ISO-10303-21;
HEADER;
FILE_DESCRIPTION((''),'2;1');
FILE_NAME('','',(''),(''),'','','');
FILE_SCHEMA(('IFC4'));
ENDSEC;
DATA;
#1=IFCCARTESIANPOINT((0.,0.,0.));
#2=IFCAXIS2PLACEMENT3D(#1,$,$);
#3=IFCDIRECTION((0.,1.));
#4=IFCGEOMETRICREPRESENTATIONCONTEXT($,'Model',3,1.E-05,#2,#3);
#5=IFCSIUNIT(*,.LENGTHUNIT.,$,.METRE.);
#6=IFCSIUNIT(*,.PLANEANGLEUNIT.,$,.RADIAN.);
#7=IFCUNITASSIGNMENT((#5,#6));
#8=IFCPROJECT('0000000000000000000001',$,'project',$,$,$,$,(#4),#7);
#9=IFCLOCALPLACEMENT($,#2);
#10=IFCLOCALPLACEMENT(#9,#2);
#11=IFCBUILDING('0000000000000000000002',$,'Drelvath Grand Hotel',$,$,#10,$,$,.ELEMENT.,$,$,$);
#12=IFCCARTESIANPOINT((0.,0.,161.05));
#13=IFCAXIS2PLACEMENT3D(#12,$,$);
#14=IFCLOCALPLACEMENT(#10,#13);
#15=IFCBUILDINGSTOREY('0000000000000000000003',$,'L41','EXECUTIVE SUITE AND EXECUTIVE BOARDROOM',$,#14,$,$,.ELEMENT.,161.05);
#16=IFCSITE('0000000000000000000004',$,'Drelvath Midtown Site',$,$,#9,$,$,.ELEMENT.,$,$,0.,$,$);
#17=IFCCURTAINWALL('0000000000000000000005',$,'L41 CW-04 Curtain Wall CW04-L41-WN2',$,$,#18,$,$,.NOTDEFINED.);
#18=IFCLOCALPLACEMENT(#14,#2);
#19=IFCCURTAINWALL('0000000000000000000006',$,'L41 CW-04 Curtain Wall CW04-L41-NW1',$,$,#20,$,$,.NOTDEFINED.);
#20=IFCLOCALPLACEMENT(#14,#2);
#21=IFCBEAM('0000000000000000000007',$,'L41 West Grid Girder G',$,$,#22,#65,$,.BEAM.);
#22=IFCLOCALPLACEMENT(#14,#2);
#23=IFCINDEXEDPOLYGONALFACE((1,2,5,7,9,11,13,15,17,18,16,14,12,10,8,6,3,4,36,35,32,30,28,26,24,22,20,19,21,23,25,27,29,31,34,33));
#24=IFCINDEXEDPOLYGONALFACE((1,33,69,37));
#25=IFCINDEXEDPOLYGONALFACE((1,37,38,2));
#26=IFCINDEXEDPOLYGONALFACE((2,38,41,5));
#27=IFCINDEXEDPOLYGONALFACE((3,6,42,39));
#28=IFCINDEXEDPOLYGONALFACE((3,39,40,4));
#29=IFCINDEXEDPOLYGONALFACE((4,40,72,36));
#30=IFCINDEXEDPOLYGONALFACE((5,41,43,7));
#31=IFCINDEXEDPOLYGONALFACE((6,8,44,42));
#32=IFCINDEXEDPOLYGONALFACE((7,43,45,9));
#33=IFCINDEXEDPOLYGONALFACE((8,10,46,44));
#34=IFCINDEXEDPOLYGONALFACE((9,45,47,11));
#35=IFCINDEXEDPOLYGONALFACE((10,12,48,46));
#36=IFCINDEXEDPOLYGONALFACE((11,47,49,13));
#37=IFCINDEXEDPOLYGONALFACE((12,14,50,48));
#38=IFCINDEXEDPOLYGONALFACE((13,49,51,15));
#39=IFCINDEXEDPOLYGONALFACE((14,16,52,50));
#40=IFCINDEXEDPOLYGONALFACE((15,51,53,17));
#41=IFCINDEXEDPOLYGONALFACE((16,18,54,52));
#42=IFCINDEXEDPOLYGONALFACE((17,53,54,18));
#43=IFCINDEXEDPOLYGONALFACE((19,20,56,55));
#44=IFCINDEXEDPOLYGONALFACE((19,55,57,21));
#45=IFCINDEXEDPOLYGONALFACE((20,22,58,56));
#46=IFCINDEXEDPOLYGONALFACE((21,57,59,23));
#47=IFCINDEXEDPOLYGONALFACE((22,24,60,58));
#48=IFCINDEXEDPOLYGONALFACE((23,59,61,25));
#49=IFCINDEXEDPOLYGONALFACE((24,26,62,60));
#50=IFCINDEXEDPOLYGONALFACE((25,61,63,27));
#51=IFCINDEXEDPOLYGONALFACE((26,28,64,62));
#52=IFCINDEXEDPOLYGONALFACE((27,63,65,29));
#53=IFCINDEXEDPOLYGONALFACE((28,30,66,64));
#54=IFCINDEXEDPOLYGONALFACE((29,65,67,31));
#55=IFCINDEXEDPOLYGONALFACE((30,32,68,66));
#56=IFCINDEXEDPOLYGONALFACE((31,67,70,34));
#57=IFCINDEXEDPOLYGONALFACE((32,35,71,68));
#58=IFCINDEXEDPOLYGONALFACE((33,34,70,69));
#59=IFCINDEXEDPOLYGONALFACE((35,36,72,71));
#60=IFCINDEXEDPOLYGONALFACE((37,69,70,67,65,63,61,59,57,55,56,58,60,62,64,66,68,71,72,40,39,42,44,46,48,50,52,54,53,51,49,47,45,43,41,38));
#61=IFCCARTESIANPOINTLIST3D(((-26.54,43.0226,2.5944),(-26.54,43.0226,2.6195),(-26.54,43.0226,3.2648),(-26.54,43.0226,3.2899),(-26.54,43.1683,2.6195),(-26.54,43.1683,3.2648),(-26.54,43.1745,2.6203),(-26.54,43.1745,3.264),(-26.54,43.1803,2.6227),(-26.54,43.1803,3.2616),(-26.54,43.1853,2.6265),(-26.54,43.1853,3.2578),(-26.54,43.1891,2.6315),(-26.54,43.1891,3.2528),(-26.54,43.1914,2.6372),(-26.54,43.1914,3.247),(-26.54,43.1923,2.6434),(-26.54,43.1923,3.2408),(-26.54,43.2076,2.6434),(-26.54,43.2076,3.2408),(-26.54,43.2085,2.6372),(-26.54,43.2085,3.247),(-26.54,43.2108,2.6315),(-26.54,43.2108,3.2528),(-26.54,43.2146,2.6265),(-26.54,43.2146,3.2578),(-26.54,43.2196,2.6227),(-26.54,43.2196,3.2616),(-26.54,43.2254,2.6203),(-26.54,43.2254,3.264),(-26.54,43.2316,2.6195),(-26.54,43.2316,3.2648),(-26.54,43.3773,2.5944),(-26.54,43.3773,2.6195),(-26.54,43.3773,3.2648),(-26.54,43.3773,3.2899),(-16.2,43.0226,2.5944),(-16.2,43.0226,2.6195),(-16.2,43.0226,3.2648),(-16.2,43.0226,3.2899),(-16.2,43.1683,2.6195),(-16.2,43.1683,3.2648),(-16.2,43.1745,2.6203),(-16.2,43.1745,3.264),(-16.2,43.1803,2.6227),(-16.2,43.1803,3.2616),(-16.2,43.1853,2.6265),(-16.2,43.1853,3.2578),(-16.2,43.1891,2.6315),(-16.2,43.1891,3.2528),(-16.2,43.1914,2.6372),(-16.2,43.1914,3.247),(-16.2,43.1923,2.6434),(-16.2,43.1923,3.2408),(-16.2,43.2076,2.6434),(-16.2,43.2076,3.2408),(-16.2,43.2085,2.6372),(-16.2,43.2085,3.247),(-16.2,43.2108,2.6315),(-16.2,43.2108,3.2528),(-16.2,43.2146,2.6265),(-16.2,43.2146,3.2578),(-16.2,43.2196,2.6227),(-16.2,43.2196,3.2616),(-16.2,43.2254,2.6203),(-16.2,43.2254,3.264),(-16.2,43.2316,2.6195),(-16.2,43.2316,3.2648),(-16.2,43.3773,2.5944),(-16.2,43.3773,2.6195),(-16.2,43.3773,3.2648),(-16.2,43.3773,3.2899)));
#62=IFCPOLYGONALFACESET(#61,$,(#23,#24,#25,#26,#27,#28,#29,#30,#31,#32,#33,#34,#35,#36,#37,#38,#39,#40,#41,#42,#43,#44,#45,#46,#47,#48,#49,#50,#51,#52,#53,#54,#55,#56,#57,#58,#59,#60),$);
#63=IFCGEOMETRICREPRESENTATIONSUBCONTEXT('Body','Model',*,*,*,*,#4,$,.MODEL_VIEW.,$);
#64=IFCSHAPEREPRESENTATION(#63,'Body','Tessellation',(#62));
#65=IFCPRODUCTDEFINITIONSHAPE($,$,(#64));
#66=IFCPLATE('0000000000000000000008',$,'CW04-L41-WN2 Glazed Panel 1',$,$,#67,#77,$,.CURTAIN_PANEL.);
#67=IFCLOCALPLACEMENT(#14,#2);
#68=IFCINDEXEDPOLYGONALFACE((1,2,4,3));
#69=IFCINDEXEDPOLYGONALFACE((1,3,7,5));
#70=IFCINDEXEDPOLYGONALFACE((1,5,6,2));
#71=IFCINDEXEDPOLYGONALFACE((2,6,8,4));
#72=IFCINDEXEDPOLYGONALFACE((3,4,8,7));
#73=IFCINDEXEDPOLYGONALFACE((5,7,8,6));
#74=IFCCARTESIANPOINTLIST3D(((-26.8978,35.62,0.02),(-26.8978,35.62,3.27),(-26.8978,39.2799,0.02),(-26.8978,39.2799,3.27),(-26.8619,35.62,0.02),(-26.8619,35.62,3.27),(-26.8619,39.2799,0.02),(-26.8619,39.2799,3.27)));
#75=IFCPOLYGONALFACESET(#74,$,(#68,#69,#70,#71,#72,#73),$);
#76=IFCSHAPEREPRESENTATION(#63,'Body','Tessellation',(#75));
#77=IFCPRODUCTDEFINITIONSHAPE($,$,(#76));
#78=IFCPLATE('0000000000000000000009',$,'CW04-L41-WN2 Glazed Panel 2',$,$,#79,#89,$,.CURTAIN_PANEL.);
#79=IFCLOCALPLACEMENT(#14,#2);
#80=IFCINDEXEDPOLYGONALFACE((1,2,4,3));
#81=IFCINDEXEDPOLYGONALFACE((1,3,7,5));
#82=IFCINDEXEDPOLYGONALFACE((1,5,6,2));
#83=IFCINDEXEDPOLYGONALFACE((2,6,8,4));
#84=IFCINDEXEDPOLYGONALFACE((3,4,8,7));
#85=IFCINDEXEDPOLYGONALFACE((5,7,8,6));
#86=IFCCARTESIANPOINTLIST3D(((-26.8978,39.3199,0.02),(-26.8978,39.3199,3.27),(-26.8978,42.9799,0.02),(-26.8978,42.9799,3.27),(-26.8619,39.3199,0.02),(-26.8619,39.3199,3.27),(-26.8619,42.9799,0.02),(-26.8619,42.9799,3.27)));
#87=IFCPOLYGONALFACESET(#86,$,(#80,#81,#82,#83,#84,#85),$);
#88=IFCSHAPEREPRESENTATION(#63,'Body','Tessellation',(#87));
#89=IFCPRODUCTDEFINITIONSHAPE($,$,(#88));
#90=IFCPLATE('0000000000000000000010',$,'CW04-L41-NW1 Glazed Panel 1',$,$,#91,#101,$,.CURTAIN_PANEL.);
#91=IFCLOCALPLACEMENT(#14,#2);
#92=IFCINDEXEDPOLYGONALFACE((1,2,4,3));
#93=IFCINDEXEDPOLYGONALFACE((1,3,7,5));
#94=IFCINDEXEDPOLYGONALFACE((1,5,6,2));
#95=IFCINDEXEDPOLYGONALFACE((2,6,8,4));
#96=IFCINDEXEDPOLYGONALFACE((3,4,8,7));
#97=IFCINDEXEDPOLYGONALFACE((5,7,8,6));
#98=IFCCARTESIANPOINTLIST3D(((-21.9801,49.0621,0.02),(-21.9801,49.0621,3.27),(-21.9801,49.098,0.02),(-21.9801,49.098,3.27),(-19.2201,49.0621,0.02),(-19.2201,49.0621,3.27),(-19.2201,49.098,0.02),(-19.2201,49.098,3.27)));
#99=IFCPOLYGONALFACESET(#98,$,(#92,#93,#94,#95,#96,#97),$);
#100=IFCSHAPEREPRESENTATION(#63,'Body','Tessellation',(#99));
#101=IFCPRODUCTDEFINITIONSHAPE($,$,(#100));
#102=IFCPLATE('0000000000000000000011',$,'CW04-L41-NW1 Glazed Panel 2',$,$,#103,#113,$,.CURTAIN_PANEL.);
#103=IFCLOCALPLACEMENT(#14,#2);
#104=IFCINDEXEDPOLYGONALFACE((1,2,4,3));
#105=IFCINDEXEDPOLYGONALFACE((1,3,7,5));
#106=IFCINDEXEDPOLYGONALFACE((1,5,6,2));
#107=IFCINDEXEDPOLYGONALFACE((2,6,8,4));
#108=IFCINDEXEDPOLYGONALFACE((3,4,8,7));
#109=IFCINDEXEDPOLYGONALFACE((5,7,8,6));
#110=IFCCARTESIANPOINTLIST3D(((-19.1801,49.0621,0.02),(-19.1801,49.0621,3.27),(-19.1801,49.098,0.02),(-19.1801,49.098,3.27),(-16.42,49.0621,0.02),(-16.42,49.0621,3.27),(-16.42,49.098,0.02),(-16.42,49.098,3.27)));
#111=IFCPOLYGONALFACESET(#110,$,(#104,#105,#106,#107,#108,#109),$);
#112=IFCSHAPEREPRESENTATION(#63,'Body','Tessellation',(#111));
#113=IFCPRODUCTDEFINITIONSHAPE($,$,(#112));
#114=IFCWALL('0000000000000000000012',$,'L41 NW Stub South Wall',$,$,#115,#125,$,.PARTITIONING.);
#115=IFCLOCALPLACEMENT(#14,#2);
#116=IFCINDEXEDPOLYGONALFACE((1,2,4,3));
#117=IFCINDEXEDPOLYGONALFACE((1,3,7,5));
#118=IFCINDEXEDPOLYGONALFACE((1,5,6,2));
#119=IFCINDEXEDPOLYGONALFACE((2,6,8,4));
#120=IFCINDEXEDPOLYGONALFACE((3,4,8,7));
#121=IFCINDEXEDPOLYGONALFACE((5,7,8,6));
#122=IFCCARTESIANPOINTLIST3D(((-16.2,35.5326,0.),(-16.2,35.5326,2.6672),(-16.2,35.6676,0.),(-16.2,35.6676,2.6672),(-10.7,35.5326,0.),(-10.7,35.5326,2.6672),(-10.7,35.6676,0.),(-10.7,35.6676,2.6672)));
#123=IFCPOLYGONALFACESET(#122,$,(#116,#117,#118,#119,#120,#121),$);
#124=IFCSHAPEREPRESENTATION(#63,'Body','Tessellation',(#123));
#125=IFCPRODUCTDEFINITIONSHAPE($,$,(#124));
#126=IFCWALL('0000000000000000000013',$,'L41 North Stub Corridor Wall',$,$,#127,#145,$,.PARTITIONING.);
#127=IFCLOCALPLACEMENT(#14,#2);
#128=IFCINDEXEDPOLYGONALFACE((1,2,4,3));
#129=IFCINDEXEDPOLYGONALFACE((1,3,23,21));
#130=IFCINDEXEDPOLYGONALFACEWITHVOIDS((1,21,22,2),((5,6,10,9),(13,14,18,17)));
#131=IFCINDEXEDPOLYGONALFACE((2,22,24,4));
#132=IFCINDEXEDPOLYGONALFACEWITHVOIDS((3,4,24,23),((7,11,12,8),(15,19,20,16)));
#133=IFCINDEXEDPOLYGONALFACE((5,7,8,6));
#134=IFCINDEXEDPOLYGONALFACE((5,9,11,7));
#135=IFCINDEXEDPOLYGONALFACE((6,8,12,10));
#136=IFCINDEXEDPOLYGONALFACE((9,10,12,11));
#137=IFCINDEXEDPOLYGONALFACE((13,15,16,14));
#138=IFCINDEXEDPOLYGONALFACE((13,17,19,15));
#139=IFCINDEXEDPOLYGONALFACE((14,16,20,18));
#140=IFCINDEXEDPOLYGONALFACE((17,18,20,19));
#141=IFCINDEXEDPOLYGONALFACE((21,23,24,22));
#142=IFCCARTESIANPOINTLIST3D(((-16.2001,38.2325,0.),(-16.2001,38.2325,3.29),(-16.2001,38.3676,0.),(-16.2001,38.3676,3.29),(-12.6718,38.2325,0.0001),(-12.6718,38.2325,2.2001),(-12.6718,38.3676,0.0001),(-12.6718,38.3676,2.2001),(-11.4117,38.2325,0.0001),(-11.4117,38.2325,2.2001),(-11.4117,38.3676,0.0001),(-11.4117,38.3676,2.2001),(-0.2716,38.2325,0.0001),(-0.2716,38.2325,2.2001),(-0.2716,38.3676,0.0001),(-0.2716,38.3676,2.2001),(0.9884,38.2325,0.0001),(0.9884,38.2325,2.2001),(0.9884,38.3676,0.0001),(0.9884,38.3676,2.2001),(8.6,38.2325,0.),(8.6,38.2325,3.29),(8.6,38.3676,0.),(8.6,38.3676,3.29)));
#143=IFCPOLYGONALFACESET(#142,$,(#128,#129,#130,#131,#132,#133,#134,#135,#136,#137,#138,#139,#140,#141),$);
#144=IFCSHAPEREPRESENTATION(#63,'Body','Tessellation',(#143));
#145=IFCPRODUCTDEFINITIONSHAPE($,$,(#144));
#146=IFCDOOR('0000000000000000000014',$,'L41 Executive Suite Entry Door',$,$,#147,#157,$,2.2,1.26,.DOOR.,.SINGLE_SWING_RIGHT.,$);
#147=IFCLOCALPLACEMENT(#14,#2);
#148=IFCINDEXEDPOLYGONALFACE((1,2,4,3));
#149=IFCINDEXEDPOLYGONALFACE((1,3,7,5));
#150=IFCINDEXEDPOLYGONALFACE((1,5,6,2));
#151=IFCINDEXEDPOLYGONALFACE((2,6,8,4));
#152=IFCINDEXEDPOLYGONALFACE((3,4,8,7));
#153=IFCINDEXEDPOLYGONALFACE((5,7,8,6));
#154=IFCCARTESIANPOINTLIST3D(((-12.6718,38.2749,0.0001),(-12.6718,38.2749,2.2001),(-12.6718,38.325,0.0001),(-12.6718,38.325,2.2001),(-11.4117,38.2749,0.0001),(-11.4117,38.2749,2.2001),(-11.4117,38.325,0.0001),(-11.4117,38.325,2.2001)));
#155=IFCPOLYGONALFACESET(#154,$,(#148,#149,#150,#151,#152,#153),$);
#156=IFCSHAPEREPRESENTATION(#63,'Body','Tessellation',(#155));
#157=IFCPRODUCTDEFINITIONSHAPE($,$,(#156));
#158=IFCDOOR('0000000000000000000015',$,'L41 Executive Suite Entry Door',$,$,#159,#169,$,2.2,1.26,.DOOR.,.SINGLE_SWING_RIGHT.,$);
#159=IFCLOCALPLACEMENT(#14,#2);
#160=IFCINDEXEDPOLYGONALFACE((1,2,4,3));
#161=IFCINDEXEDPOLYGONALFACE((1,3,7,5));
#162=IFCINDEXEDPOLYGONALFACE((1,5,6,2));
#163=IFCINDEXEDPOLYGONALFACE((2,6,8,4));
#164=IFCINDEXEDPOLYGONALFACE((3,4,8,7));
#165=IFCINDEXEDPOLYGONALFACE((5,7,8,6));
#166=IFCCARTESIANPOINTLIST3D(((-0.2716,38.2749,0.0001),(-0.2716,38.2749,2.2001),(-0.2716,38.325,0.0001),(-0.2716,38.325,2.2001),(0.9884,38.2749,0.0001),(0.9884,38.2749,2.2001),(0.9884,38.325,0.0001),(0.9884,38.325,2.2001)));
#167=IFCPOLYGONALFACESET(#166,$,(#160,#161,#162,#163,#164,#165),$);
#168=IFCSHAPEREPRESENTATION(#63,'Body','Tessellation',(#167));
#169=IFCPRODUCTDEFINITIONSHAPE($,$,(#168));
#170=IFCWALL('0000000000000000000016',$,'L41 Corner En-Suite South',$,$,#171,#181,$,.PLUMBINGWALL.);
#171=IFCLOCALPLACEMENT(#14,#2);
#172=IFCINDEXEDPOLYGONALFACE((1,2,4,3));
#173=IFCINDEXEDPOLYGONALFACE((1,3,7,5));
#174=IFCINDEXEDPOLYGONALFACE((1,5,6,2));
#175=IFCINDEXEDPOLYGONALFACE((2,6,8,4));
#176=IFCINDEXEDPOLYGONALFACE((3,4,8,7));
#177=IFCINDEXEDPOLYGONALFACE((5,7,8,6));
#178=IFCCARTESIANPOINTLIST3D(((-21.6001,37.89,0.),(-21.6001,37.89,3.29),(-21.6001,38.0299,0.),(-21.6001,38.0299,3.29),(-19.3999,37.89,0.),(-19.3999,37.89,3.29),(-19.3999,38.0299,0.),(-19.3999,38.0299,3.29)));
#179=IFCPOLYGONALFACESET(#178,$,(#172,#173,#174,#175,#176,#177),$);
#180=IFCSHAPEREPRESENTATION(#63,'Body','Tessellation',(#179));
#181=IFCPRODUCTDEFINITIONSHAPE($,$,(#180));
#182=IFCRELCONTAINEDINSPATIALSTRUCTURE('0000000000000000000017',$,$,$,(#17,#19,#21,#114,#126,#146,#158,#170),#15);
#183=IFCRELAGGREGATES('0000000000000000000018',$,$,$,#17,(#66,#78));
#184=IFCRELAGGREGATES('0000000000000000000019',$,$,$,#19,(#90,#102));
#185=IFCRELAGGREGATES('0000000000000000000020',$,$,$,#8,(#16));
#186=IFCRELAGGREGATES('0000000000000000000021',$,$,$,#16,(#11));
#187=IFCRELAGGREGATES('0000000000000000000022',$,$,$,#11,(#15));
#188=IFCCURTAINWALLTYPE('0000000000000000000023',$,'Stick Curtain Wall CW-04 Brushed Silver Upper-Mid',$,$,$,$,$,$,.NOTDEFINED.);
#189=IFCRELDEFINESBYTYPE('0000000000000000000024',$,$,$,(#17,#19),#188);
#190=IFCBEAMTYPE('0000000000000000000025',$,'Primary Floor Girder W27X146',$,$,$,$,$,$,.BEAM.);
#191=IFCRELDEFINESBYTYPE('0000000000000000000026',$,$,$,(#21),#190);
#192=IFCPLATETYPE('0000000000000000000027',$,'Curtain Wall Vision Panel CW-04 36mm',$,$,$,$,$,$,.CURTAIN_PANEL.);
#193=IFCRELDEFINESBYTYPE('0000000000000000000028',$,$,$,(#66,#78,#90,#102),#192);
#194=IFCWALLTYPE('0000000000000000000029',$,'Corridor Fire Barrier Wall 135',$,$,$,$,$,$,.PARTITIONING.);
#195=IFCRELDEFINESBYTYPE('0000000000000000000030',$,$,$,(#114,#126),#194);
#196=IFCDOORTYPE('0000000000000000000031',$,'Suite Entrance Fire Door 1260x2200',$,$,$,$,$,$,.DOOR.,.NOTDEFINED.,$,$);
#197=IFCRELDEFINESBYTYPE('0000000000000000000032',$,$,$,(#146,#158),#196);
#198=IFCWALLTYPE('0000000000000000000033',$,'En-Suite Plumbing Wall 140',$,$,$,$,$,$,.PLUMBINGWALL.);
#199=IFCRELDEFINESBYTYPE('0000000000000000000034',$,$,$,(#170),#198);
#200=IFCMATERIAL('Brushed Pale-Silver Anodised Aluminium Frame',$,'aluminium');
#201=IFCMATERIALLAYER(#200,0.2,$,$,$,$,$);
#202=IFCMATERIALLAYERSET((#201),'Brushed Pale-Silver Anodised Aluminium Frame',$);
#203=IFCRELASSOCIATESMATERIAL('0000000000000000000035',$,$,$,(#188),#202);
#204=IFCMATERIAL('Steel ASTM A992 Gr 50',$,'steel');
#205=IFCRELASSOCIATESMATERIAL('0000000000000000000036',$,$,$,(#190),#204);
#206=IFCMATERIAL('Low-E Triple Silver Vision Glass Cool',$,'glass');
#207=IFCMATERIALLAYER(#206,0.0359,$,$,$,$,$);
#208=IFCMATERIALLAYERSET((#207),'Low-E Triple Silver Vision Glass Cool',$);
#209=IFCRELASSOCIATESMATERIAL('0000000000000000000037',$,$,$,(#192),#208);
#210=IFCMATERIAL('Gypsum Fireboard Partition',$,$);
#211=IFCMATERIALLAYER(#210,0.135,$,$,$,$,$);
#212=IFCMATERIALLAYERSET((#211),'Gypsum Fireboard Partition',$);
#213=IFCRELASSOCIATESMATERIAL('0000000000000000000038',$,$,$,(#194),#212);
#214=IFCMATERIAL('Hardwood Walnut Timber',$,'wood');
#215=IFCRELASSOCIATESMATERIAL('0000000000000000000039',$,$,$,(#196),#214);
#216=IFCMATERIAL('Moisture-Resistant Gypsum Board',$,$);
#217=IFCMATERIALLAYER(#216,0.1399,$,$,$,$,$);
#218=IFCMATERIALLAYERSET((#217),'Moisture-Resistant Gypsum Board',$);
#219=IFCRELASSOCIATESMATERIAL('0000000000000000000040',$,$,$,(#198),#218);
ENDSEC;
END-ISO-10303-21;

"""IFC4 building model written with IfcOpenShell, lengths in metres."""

from ifc_helpers import new_model, si_unit, direction, frame, frame_2d, origin, origin_2d, place, context, subcontext, project, spatial, rectangle, i_section, extrude, material, layer, layer_set, material_profile, profile_set, type_object, element, fill, aggregate, save


model = new_model("IFC4")

# Units and contexts
model_context = context("Model", 3, precision=1e-05, world=origin(), true_north=direction((0.0, 1.0)))
body_context = subcontext(model_context, "Body", "Model", "MODEL_VIEW")
ifc_project = project(units=[si_unit("LENGTHUNIT", "METRE"), si_unit("PLANEANGLEUNIT", "RADIAN")], contexts=[model_context])

# Site, building, storey
site_placement = place(None, origin())
site = spatial("IfcSite", under=ifc_project, at=site_placement, Name="Drelvath Midtown Site", CompositionType="ELEMENT", RefElevation=0.0)
building_placement = place(site_placement, origin())
building = spatial("IfcBuilding", under=site, at=building_placement, Name="Drelvath Grand Hotel", CompositionType="ELEMENT")
storey_placement = place(building_placement, frame((0.0, 0.0, 161.05)))
storey = spatial("IfcBuildingStorey", under=building, at=storey_placement, Name="L41", Description="EXECUTIVE SUITE AND EXECUTIVE BOARDROOM", CompositionType="ELEMENT", Elevation=161.05)

# Curtain walls
ifc_material_1 = material(Name="Brushed Pale-Silver Anodised Aluminium Frame", Category="aluminium")
ifc_layer_1 = layer(ifc_material_1, 0.2)
ifc_layer_set_1 = layer_set([ifc_layer_1], Name="Brushed Pale-Silver Anodised Aluminium Frame")
curtain_wall_type = type_object("IfcCurtainWallType", Name="Stick Curtain Wall CW-04 Brushed Silver Upper-Mid", PredefinedType="NOTDEFINED", material=ifc_layer_set_1)
curtain_wall_1_placement = place(storey_placement, origin())
curtain_wall_1 = element("IfcCurtainWall", 1, at=curtain_wall_1_placement, inside=storey, type_object=curtain_wall_type, Name="L41 CW-04 Curtain Wall CW04-L41-WN2", PredefinedType="NOTDEFINED")
curtain_wall_2_placement = place(storey_placement, origin())
curtain_wall_2 = element("IfcCurtainWall", 2, at=curtain_wall_2_placement, inside=storey, type_object=curtain_wall_type, Name="L41 CW-04 Curtain Wall CW04-L41-NW1", PredefinedType="NOTDEFINED")

# Beam
ifc_material_2 = material(Name="Steel ASTM A992 Gr 50", Category="steel")
ifc_material_profile_1 = material_profile(ifc_material_2, i_section(OverallWidth=0.3547, OverallDepth=0.6956, WebThickness=0.0154, FlangeThickness=0.0251, FilletRadius=0.0239, at=origin_2d()), Name="W27X146")
ifc_profile_set_1 = profile_set([ifc_material_profile_1], Name="Steel ASTM A992 Gr 50")
beam_type = type_object("IfcBeamType", Name="Primary Floor Girder W27X146", PredefinedType="BEAM", material=ifc_profile_set_1)
beam_placement = place(storey_placement, frame((-26.54, 43.2, 2.9421), z_axis=(1.0, 0.0, 0.0), x_axis=(0.0, 1.0, 0.0)))
element("IfcBeam", 3, at=beam_placement, inside=storey, type_object=beam_type, Name="L41 West Grid Girder G", PredefinedType="BEAM", context=body_context, shape_type="SweptSolid", body=[
    extrude(i_section(OverallWidth=0.3547, OverallDepth=0.6956, WebThickness=0.0154, FlangeThickness=0.0251, FilletRadius=0.0239, at=origin_2d()), origin(), (0.0, 0.0, 1.0), 10.3401),
])

# Plates
ifc_material_3 = material(Name="Low-E Triple Silver Vision Glass Cool", Category="glass")
ifc_layer_2 = layer(ifc_material_3, 0.0359)
ifc_layer_set_2 = layer_set([ifc_layer_2], Name="Low-E Triple Silver Vision Glass Cool")
plate_type = type_object("IfcPlateType", Name="Curtain Wall Vision Panel CW-04 36mm", PredefinedType="CURTAIN_PANEL", material=ifc_layer_set_2)
plate_1_placement = place(storey_placement, frame((-26.8799, 37.45, 0.02), z_axis=(0.0, 0.0, 1.0), x_axis=(0.0, 1.0, 0.0)))
plate_1 = element("IfcPlate", 4, at=plate_1_placement, type_object=plate_type, Name="CW04-L41-WN2 Glazed Panel 1", PredefinedType="CURTAIN_PANEL", context=body_context, shape_type="SweptSolid", body=[
    extrude(rectangle(XDim=3.6599, YDim=0.0359, at=origin_2d()), origin(), (0.0, 0.0, 1.0), 3.25),
])
plate_2_placement = place(storey_placement, frame((-26.8799, 41.1499, 0.02), z_axis=(0.0, 0.0, 1.0), x_axis=(0.0, 1.0, 0.0)))
plate_2 = element("IfcPlate", 5, at=plate_2_placement, type_object=plate_type, Name="CW04-L41-WN2 Glazed Panel 2", PredefinedType="CURTAIN_PANEL", context=body_context, shape_type="SweptSolid", body=[
    extrude(rectangle(XDim=3.6599, YDim=0.0359, at=origin_2d()), origin(), (0.0, 0.0, 1.0), 3.25),
])
aggregate(curtain_wall_1, [plate_1, plate_2])
plate_3_placement = place(storey_placement, frame((-20.6001, 49.0801, 0.02), z_axis=(0.0, 0.0, 1.0), x_axis=(1.0, 0.0, 0.0)))
plate_3 = element("IfcPlate", 6, at=plate_3_placement, type_object=plate_type, Name="CW04-L41-NW1 Glazed Panel 1", PredefinedType="CURTAIN_PANEL", context=body_context, shape_type="SweptSolid", body=[
    extrude(rectangle(XDim=2.76, YDim=0.0359, at=origin_2d()), origin(), (0.0, 0.0, 1.0), 3.25),
])
plate_4_placement = place(storey_placement, frame((-17.8, 49.0801, 0.02), z_axis=(0.0, 0.0, 1.0), x_axis=(1.0, 0.0, 0.0)))
plate_4 = element("IfcPlate", 7, at=plate_4_placement, type_object=plate_type, Name="CW04-L41-NW1 Glazed Panel 2", PredefinedType="CURTAIN_PANEL", context=body_context, shape_type="SweptSolid", body=[
    extrude(rectangle(XDim=2.76, YDim=0.0359, at=origin_2d()), origin(), (0.0, 0.0, 1.0), 3.25),
])
aggregate(curtain_wall_2, [plate_3, plate_4])

# Wall
ifc_material_4 = material(Name="Gypsum Fireboard Partition")
ifc_layer_3 = layer(ifc_material_4, 0.135)
ifc_layer_set_3 = layer_set([ifc_layer_3], Name="Gypsum Fireboard Partition")
wall_type_1 = type_object("IfcWallType", Name="Corridor Fire Barrier Wall 135", PredefinedType="PARTITIONING", material=ifc_layer_set_3)
wall_1_placement = place(storey_placement, frame((-16.2, 35.6001, 0.0), z_axis=(0.0, 0.0, 1.0), x_axis=(1.0, 0.0, 0.0)))
element("IfcWall", 8, at=wall_1_placement, inside=storey, type_object=wall_type_1, Name="L41 NW Stub South Wall", PredefinedType="PARTITIONING", context=body_context, shape_type="SweptSolid", body=[
    extrude(rectangle(XDim=5.5, YDim=0.135, at=frame_2d((2.75, 0.0))), origin(), (0.0, 0.0, 1.0), 2.6672),
])

# Wall, openings, doors
wall_2_placement = place(storey_placement, frame((-16.2, 38.3, 0.0), z_axis=(0.0, 0.0, 1.0), x_axis=(1.0, 0.0, 0.0)))
wall_2 = element("IfcWall", 9, at=wall_2_placement, inside=storey, type_object=wall_type_1, Name="L41 North Stub Corridor Wall", PredefinedType="PARTITIONING", context=body_context, shape_type="SweptSolid", body=[
    extrude(rectangle(XDim=24.8, YDim=0.135, at=frame_2d((12.3999, 0.0))), origin(), (0.0, 0.0, 1.0), 3.29),
])
opening_1_placement = place(wall_2_placement, frame((3.5283, 0.0, 0.0)))
opening_1 = element("IfcOpeningElement", 10, at=opening_1_placement, cuts=wall_2, PredefinedType="OPENING", context=body_context, shape_type="SweptSolid", body=[
    extrude(rectangle(XDim=1.26, YDim=2.2, at=frame_2d((0.6299, 1.1001))), frame((0.0, 0.0774, 0.0), z_axis=(0.0, -1.0, 0.0), x_axis=(1.0, 0.0, 0.0)), (0.0, 0.0, 1.0), 0.155),
])
opening_2_placement = place(wall_2_placement, frame((15.9285, 0.0, 0.0)))
opening_2 = element("IfcOpeningElement", 11, at=opening_2_placement, cuts=wall_2, PredefinedType="OPENING", context=body_context, shape_type="SweptSolid", body=[
    extrude(rectangle(XDim=1.26, YDim=2.2, at=frame_2d((0.6299, 1.1001))), frame((0.0, 0.0774, 0.0), z_axis=(0.0, -1.0, 0.0), x_axis=(1.0, 0.0, 0.0)), (0.0, 0.0, 1.0), 0.155),
])
ifc_material_5 = material(Name="Hardwood Walnut Timber", Category="wood")
door_type_1 = type_object("IfcDoorType", Name="Suite Entrance Fire Door 1260x2200", OperationType="NOTDEFINED", PredefinedType="DOOR", material=ifc_material_5)
door_1_placement = place(opening_1_placement, origin())
door_1 = element("IfcDoor", 12, at=door_1_placement, inside=storey, type_object=door_type_1, Name="L41 Executive Suite Entry Door", OperationType="SINGLE_SWING_RIGHT", OverallHeight=2.2, OverallWidth=1.26, PredefinedType="DOOR", context=body_context, shape_type="SweptSolid", body=[
    extrude(rectangle(XDim=1.26, YDim=2.2, at=frame_2d((0.6299, 1.1001))), frame((0.0, 0.0249, 0.0), z_axis=(0.0, -1.0, 0.0), x_axis=(1.0, 0.0, 0.0)), (0.0, 0.0, 1.0), 0.05),
])
fill(opening_1, door_1)
door_2_placement = place(opening_2_placement, origin())
door_2 = element("IfcDoor", 13, at=door_2_placement, inside=storey, type_object=door_type_1, Name="L41 Executive Suite Entry Door", OperationType="SINGLE_SWING_RIGHT", OverallHeight=2.2, OverallWidth=1.26, PredefinedType="DOOR", context=body_context, shape_type="SweptSolid", body=[
    extrude(rectangle(XDim=1.26, YDim=2.2, at=frame_2d((0.6299, 1.1001))), frame((0.0, 0.0249, 0.0), z_axis=(0.0, -1.0, 0.0), x_axis=(1.0, 0.0, 0.0)), (0.0, 0.0, 1.0), 0.05),
])
fill(opening_2, door_2)

# Wall
ifc_material_6 = material(Name="Moisture-Resistant Gypsum Board")
ifc_layer_4 = layer(ifc_material_6, 0.1399)
ifc_layer_set_4 = layer_set([ifc_layer_4], Name="Moisture-Resistant Gypsum Board")
wall_type_2 = type_object("IfcWallType", Name="En-Suite Plumbing Wall 140", PredefinedType="PLUMBINGWALL", material=ifc_layer_set_4)
for number, where, z_axis, x_axis, name in (
    (14, (-21.6001, 37.96, 0.0), (0.0, 0.0, 1.0), (1.0, 0.0, 0.0), "L41 Corner En-Suite South"),
):
    element("IfcWall", number, at=place(storey_placement, frame(where, z_axis=z_axis, x_axis=x_axis)), inside=storey, type_object=wall_type_2, Name=name, PredefinedType="PLUMBINGWALL", context=body_context, shape_type="SweptSolid", body=[
        extrude(rectangle(XDim=2.2002, YDim=0.1399, at=frame_2d((1.1001, 0.0))), origin(), (0.0, 0.0, 1.0), 3.29),
    ])

save(model, "model.ifc")
